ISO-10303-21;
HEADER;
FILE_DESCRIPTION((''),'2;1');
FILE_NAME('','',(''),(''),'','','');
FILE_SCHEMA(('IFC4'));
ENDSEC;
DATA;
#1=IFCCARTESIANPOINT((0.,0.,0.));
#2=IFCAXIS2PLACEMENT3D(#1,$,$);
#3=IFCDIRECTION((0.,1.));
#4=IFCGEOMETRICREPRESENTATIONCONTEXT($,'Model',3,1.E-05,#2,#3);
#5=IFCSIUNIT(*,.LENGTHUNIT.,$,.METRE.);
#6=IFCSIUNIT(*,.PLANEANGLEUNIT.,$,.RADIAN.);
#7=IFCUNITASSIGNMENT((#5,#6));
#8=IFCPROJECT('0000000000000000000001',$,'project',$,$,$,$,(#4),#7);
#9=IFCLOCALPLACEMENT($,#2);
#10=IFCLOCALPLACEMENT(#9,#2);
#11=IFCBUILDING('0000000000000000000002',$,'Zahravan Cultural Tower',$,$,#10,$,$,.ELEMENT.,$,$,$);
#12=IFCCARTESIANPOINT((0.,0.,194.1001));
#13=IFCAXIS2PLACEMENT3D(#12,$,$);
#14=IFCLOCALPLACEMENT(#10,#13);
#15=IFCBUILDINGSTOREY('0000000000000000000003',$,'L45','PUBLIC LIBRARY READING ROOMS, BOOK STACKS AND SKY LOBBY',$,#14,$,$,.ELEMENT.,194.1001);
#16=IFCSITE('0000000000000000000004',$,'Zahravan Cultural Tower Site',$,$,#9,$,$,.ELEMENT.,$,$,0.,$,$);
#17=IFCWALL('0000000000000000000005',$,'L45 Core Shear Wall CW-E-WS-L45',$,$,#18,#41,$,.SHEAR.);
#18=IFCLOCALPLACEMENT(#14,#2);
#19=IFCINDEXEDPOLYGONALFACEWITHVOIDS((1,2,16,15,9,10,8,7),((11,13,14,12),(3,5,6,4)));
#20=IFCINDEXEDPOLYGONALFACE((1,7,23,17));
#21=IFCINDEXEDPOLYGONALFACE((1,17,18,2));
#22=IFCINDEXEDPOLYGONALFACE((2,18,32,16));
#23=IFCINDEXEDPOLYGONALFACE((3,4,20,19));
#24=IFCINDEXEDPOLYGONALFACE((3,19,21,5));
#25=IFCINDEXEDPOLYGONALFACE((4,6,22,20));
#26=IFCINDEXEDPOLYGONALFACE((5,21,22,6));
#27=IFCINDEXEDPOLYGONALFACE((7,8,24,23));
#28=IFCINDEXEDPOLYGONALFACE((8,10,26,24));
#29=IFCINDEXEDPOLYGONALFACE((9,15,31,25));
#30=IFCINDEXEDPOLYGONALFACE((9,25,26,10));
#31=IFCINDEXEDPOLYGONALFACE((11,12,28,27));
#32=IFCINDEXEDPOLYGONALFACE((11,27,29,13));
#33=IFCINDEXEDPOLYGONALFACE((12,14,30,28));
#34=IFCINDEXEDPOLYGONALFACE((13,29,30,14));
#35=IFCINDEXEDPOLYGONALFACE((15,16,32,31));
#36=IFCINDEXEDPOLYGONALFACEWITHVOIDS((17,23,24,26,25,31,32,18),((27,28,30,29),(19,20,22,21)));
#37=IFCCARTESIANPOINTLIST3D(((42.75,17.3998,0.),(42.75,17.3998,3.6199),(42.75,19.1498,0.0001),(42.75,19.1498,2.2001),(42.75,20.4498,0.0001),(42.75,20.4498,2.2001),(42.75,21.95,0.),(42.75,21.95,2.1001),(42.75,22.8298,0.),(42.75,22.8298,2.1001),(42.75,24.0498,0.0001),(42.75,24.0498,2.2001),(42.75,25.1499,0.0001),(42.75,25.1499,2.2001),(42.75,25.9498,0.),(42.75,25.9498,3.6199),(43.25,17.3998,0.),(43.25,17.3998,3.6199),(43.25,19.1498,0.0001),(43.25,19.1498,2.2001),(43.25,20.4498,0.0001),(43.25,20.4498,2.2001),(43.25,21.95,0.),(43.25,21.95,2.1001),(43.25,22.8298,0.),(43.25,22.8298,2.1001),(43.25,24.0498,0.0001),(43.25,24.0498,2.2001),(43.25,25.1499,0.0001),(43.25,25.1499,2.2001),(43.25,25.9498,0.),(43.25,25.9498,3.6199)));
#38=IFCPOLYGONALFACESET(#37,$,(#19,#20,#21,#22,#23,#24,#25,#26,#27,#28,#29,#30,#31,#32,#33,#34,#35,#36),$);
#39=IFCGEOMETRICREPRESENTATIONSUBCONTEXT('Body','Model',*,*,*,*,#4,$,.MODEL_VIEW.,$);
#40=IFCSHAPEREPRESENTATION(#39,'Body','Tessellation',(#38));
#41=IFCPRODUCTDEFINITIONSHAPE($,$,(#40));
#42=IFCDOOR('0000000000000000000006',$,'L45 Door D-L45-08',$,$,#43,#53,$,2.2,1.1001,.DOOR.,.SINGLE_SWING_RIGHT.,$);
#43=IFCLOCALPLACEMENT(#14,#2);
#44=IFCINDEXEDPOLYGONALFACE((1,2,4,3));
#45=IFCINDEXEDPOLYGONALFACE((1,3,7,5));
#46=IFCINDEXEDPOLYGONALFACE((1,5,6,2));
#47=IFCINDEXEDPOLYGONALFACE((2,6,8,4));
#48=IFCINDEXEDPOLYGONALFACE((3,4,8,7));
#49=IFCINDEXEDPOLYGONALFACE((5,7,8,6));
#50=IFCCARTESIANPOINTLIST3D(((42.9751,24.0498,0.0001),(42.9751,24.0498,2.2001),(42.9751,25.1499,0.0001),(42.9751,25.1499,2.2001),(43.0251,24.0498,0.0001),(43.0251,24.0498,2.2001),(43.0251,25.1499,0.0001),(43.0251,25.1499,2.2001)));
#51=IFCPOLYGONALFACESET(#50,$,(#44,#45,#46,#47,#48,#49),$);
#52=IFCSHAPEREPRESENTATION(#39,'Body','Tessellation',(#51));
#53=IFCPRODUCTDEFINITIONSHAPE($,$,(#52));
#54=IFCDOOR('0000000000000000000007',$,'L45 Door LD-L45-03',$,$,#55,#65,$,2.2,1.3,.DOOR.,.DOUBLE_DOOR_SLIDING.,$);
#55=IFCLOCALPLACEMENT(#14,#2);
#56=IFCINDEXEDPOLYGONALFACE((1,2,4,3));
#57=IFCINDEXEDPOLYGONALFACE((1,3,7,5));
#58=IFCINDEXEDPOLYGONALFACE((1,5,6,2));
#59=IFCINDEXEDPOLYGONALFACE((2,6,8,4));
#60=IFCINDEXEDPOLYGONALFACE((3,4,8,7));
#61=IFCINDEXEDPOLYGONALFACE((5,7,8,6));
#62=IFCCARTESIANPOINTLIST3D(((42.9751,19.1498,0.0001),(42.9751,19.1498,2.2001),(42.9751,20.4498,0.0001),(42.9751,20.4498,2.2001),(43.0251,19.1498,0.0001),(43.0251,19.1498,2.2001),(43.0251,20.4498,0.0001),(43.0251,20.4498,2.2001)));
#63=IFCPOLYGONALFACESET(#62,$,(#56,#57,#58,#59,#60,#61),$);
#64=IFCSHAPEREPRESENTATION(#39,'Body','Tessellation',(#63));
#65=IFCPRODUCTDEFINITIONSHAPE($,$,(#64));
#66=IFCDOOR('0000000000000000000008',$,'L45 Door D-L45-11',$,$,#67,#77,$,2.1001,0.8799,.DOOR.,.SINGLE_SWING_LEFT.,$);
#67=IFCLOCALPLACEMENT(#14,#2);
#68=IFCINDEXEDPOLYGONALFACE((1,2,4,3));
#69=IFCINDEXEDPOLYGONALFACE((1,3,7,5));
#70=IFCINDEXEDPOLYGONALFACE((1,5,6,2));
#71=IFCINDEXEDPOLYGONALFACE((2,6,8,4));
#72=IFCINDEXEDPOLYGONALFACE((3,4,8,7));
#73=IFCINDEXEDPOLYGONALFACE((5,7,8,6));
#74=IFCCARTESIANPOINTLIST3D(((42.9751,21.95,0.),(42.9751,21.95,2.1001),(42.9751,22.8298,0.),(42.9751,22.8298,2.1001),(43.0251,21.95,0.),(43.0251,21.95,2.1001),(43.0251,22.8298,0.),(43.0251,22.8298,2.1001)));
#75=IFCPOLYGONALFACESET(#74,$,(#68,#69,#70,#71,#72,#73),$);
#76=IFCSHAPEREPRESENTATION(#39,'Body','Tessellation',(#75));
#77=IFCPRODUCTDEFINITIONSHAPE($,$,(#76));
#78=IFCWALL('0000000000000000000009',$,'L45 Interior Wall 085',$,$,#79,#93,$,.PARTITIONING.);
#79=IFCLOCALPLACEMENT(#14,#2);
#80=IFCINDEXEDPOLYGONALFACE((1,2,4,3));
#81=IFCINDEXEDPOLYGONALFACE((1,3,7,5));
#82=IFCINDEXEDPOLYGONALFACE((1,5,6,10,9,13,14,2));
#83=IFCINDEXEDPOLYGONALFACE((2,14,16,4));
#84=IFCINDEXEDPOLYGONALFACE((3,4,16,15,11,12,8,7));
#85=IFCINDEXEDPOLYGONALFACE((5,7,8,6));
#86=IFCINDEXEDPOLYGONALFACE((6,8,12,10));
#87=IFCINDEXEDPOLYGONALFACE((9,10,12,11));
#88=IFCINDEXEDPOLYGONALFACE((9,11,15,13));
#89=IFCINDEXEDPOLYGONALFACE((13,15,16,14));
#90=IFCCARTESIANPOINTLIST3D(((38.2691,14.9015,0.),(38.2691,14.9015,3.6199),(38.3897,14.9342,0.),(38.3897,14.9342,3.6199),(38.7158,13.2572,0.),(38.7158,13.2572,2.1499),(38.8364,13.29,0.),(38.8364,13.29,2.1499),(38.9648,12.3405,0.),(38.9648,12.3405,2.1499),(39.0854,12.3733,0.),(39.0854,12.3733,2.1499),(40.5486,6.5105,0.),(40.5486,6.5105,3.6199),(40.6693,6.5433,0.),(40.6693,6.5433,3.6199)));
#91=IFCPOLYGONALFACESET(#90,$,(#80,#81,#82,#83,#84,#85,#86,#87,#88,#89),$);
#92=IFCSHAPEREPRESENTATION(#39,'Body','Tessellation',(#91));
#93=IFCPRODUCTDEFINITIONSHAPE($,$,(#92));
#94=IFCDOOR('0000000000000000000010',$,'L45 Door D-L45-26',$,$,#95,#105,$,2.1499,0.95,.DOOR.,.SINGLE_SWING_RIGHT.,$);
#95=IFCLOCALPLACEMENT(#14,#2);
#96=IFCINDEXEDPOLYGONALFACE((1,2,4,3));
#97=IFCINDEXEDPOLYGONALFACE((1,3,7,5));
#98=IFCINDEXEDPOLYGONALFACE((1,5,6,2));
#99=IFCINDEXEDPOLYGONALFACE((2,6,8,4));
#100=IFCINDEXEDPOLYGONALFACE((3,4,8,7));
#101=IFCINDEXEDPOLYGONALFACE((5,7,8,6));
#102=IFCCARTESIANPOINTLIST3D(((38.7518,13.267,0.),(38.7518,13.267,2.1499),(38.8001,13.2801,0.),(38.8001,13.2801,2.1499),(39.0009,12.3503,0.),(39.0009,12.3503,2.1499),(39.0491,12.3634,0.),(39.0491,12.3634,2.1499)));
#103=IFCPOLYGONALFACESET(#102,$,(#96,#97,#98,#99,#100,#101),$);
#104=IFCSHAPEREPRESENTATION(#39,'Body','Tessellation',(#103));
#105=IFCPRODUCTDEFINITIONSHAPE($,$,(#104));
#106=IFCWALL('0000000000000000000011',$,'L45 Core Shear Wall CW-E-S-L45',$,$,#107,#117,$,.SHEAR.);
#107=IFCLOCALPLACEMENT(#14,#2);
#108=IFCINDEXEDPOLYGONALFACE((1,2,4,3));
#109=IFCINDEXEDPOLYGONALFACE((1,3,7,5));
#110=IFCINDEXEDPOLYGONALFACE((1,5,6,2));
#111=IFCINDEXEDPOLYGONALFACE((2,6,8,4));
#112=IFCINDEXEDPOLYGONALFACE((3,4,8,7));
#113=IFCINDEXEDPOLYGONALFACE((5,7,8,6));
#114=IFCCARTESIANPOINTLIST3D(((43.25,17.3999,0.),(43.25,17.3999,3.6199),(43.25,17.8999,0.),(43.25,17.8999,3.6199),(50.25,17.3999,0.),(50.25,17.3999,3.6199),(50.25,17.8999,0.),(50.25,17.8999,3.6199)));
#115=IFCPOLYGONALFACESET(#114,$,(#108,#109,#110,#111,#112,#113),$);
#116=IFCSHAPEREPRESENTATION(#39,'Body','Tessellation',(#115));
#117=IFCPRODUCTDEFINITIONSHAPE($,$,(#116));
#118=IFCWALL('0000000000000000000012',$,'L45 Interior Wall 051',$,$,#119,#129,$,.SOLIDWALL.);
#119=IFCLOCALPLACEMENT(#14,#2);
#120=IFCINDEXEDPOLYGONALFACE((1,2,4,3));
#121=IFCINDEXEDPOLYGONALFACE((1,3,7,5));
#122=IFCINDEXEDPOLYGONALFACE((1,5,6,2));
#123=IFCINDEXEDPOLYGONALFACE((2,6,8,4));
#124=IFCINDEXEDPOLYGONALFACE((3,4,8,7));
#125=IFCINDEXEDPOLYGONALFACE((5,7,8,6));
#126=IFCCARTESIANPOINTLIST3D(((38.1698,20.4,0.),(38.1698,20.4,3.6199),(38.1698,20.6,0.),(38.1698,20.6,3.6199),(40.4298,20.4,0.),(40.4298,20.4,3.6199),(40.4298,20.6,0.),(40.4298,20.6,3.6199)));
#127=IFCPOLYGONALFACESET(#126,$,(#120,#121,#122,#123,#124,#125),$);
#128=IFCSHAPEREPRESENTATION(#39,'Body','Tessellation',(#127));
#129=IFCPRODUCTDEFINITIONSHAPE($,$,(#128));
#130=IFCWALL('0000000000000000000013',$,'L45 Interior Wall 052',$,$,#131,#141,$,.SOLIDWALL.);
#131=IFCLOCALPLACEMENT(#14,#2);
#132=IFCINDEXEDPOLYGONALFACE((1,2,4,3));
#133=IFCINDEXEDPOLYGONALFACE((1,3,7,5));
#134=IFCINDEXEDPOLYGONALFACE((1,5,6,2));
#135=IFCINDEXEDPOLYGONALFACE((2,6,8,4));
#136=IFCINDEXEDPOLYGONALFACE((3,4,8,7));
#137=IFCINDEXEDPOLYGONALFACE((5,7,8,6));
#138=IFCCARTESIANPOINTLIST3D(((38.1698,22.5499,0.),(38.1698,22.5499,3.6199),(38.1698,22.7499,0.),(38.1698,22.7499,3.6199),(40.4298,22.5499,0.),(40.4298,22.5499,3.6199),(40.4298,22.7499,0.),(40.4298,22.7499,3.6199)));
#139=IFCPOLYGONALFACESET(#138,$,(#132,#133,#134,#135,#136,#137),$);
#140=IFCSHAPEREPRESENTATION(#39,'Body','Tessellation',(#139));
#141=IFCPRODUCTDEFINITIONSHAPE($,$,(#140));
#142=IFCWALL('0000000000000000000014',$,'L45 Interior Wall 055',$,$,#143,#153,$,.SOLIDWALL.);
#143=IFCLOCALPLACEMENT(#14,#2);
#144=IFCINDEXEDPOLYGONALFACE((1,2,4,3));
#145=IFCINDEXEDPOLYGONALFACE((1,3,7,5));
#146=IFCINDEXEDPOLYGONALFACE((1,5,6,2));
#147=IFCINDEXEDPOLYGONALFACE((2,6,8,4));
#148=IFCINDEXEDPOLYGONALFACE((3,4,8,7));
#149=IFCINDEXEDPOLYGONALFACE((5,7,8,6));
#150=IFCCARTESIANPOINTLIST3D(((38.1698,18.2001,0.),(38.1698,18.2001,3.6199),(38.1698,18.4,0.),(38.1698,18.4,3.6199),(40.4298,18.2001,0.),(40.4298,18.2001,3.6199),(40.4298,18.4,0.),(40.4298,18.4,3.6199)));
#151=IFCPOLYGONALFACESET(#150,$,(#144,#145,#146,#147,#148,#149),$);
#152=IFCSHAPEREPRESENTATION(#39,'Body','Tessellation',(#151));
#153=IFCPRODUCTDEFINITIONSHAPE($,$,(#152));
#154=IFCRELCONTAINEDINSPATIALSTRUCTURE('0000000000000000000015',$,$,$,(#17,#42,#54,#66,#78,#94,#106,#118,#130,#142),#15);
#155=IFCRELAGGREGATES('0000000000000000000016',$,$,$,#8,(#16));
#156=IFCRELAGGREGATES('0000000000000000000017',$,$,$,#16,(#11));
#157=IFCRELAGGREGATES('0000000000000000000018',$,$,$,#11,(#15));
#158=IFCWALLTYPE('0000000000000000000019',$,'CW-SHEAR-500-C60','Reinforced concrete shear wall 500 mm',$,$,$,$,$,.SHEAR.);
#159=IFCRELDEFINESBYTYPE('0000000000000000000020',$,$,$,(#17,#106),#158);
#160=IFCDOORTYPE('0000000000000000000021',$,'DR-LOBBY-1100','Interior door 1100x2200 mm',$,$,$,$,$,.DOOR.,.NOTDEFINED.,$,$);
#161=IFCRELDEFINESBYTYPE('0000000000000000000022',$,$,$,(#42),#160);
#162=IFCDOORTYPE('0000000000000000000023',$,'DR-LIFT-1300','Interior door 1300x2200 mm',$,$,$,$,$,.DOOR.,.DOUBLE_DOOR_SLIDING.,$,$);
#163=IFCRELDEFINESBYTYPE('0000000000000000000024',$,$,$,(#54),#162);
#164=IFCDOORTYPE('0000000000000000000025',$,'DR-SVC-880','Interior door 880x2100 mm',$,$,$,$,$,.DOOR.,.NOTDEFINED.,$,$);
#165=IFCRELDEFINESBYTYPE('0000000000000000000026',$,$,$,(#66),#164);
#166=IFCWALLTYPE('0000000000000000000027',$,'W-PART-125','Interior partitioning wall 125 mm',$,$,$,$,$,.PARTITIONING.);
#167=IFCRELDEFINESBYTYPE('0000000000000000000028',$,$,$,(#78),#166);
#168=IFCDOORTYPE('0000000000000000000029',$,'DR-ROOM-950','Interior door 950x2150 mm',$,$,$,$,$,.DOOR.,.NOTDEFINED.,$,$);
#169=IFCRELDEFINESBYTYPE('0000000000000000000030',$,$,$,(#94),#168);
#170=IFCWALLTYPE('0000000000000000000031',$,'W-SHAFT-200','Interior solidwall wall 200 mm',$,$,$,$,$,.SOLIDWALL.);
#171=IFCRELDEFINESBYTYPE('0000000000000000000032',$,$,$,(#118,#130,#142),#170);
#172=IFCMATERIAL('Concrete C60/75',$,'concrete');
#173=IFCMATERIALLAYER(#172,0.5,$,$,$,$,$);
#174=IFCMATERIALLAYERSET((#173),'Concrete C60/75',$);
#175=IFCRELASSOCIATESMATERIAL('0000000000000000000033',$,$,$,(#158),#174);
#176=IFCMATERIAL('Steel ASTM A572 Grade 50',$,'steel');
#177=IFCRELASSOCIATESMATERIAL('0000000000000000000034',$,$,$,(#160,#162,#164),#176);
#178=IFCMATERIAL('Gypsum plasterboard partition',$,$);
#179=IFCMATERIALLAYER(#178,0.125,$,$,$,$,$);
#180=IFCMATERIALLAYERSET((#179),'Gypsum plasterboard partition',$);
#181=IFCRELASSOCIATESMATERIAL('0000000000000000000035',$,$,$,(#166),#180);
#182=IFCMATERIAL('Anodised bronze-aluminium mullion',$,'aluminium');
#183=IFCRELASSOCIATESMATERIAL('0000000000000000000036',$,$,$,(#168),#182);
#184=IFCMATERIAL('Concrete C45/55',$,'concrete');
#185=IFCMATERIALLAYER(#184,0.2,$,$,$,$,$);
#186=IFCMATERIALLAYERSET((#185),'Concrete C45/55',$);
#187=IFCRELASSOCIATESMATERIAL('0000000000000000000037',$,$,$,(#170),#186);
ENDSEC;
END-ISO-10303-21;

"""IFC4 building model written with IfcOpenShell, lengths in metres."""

from ifc_helpers import new_model, si_unit, direction, frame, frame_2d, origin, place, context, subcontext, project, spatial, rectangle, extrude, source, transform, mapped, material, layer, layer_set, type_object, element, fill, save


model = new_model("IFC4")

# Units and contexts
model_context = context("Model", 3, precision=1e-05, world=origin(), true_north=direction((0.0, 1.0)))
body_context = subcontext(model_context, "Body", "Model", "MODEL_VIEW")
ifc_project = project(units=[si_unit("LENGTHUNIT", "METRE"), si_unit("PLANEANGLEUNIT", "RADIAN")], contexts=[model_context])

# Site, building, storey
site_placement = place(None, origin())
site = spatial("IfcSite", under=ifc_project, at=site_placement, Name="Zahravan Cultural Tower Site", CompositionType="ELEMENT", RefElevation=0.0)
building_placement = place(site_placement, origin())
building = spatial("IfcBuilding", under=site, at=building_placement, Name="Zahravan Cultural Tower", CompositionType="ELEMENT")
storey_placement = place(building_placement, frame((0.0, 0.0, 194.1001)))
storey = spatial("IfcBuildingStorey", under=building, at=storey_placement, Name="L45", Description="PUBLIC LIBRARY READING ROOMS, BOOK STACKS AND SKY LOBBY", CompositionType="ELEMENT", Elevation=194.1001)

# Wall, openings, doors
ifc_material_1 = material(Name="Concrete C60/75", Category="concrete")
ifc_layer_1 = layer(ifc_material_1, 0.5)
ifc_layer_set_1 = layer_set([ifc_layer_1], Name="Concrete C60/75")
wall_type_1 = type_object("IfcWallType", Name="CW-SHEAR-500-C60", Description="Reinforced concrete shear wall 500 mm", PredefinedType="SHEAR", material=ifc_layer_set_1)
wall_1_placement = place(storey_placement, frame((43.0, 17.3999, 0.0), z_axis=(0.0, 0.0, 1.0), x_axis=(0.0, 1.0, 0.0)))
wall_1 = element("IfcWall", 1, at=wall_1_placement, inside=storey, type_object=wall_type_1, Name="L45 Core Shear Wall CW-E-WS-L45", PredefinedType="SHEAR", context=body_context, shape_type="SweptSolid", body=[
    extrude(rectangle(XDim=8.55, YDim=0.5, at=frame_2d((4.2749, 0.0))), origin(), (0.0, 0.0, 1.0), 3.6199),
])
opening_1_placement = place(wall_1_placement, frame((6.6499, 0.0, 0.0)))
opening_1 = element("IfcOpeningElement", 2, at=opening_1_placement, cuts=wall_1, PredefinedType="OPENING", context=body_context, shape_type="SweptSolid", body=[
    extrude(rectangle(XDim=1.1001, YDim=2.2, at=frame_2d((0.55, 1.1001))), frame((0.0, 0.26, 0.0), z_axis=(0.0, -1.0, 0.0), x_axis=(1.0, 0.0, 0.0)), (0.0, 0.0, 1.0), 0.52),
])
opening_2_placement = place(wall_1_placement, frame((1.75, 0.0, 0.0)))
opening_2 = element("IfcOpeningElement", 3, at=opening_2_placement, cuts=wall_1, PredefinedType="OPENING", context=body_context, shape_type="SweptSolid", body=[
    extrude(rectangle(XDim=1.3, YDim=2.2, at=frame_2d((0.6499, 1.1001))), frame((0.0, 0.26, 0.0), z_axis=(0.0, -1.0, 0.0), x_axis=(1.0, 0.0, 0.0)), (0.0, 0.0, 1.0), 0.52),
])
opening_3_placement = place(wall_1_placement, frame((4.55, 0.0, 0.0)))
opening_3 = element("IfcOpeningElement", 4, at=opening_3_placement, cuts=wall_1, PredefinedType="OPENING", context=body_context, shape_type="SweptSolid", body=[
    extrude(rectangle(XDim=0.8799, YDim=2.1001, at=frame_2d((0.4399, 1.05))), frame((0.0, 0.26, 0.0), z_axis=(0.0, -1.0, 0.0), x_axis=(1.0, 0.0, 0.0)), (0.0, 0.0, 1.0), 0.52),
])
ifc_material_2 = material(Name="Steel ASTM A572 Grade 50", Category="steel")
door_type_1 = type_object("IfcDoorType", Name="DR-LOBBY-1100", Description="Interior door 1100x2200 mm", OperationType="NOTDEFINED", PredefinedType="DOOR", material=ifc_material_2)
shared_shape_1 = source(origin(), body_context, "Body", "SweptSolid", [
    extrude(rectangle(XDim=1.1001, YDim=2.2, at=frame_2d((0.55, 1.1001))), frame((0.0, 0.0249, 0.0), z_axis=(0.0, -1.0, 0.0), x_axis=(1.0, 0.0, 0.0)), (0.0, 0.0, 1.0), 0.05),
])
door_1_placement = place(opening_1_placement, origin())
door_1 = element("IfcDoor", 5, at=door_1_placement, inside=storey, type_object=door_type_1, Name="L45 Door D-L45-08", OperationType="SINGLE_SWING_RIGHT", OverallHeight=2.2, OverallWidth=1.1001, PredefinedType="DOOR", context=body_context, shape_type="MappedRepresentation", body=[
    mapped(shared_shape_1, transform((0.0, 0.0, 0.0), x_axis=(1.0, 0.0, 0.0), y_axis=(0.0, 1.0, 0.0), z_axis=(0.0, 0.0, 1.0), scale=1.0)),
])
fill(opening_1, door_1)
door_type_2 = type_object("IfcDoorType", Name="DR-LIFT-1300", Description="Interior door 1300x2200 mm", OperationType="DOUBLE_DOOR_SLIDING", PredefinedType="DOOR", material=ifc_material_2)
shared_shape_2 = source(origin(), body_context, "Body", "SweptSolid", [
    extrude(rectangle(XDim=1.3, YDim=2.2, at=frame_2d((0.6499, 1.1001))), frame((0.0, 0.0249, 0.0), z_axis=(0.0, -1.0, 0.0), x_axis=(1.0, 0.0, 0.0)), (0.0, 0.0, 1.0), 0.05),
])
door_2_placement = place(opening_2_placement, origin())
door_2 = element("IfcDoor", 6, at=door_2_placement, inside=storey, type_object=door_type_2, Name="L45 Door LD-L45-03", OperationType="DOUBLE_DOOR_SLIDING", OverallHeight=2.2, OverallWidth=1.3, PredefinedType="DOOR", context=body_context, shape_type="MappedRepresentation", body=[
    mapped(shared_shape_2, transform((0.0, 0.0, 0.0), x_axis=(1.0, 0.0, 0.0), y_axis=(0.0, 1.0, 0.0), z_axis=(0.0, 0.0, 1.0), scale=1.0)),
])
fill(opening_2, door_2)
door_type_3 = type_object("IfcDoorType", Name="DR-SVC-880", Description="Interior door 880x2100 mm", OperationType="NOTDEFINED", PredefinedType="DOOR", material=ifc_material_2)
shared_shape_3 = source(origin(), body_context, "Body", "SweptSolid", [
    extrude(rectangle(XDim=0.8799, YDim=2.1001, at=frame_2d((0.4399, 1.05))), frame((0.0, 0.0249, 0.0), z_axis=(0.0, -1.0, 0.0), x_axis=(1.0, 0.0, 0.0)), (0.0, 0.0, 1.0), 0.05),
])
door_3_placement = place(opening_3_placement, origin())
door_3 = element("IfcDoor", 7, at=door_3_placement, inside=storey, type_object=door_type_3, Name="L45 Door D-L45-11", OperationType="SINGLE_SWING_LEFT", OverallHeight=2.1001, OverallWidth=0.8799, PredefinedType="DOOR", context=body_context, shape_type="MappedRepresentation", body=[
    mapped(shared_shape_3, transform((0.0, 0.0, 0.0), x_axis=(1.0, 0.0, 0.0), y_axis=(0.0, 1.0, 0.0), z_axis=(0.0, 0.0, 1.0), scale=1.0)),
])
fill(opening_3, door_3)

# Wall, opening, door
ifc_material_3 = material(Name="Gypsum plasterboard partition")
ifc_layer_2 = layer(ifc_material_3, 0.125)
ifc_layer_set_2 = layer_set([ifc_layer_2], Name="Gypsum plasterboard partition")
wall_type_2 = type_object("IfcWallType", Name="W-PART-125", Description="Interior partitioning wall 125 mm", PredefinedType="PARTITIONING", material=ifc_layer_set_2)
ifc_material_4 = material(Name="Anodised bronze-aluminium mullion", Category="aluminium")
door_type_4 = type_object("IfcDoorType", Name="DR-ROOM-950", Description="Interior door 950x2150 mm", OperationType="NOTDEFINED", PredefinedType="DOOR", material=ifc_material_4)
shared_shape_4 = source(origin(), body_context, "Body", "SweptSolid", [
    extrude(rectangle(XDim=0.95, YDim=2.1499, at=frame_2d((0.4751, 1.075))), frame((0.0, 0.0249, 0.0), z_axis=(0.0, -1.0, 0.0), x_axis=(1.0, 0.0, 0.0)), (0.0, 0.0, 1.0), 0.05),
])
wall_2_placement = place(storey_placement, frame((38.3293, 14.918, 0.0), z_axis=(0.0, 0.0, 1.0), x_axis=(0.262167, -0.965023, 0.0)))
wall_2 = element("IfcWall", 8, at=wall_2_placement, inside=storey, type_object=wall_type_2, Name="L45 Interior Wall 085", PredefinedType="PARTITIONING", context=body_context, shape_type="SweptSolid", body=[
    extrude(rectangle(XDim=8.6951, YDim=0.125, at=frame_2d((4.3477, 0.0))), origin(), (0.0, 0.0, 1.0), 3.6199),
])
opening_4_placement = place(wall_2_placement, frame((1.7039, 0.0, 0.0)))
opening_4 = element("IfcOpeningElement", 9, at=opening_4_placement, cuts=wall_2, PredefinedType="OPENING", context=body_context, shape_type="SweptSolid", body=[
    extrude(rectangle(XDim=0.95, YDim=2.1499, at=frame_2d((0.4751, 1.075))), frame((0.0, 0.0725, 0.0), z_axis=(0.0, -1.0, 0.0), x_axis=(1.0, 0.0, 0.0)), (0.0, 0.0, 1.0), 0.145),
])
door_4_placement = place(opening_4_placement, origin())
door_4 = element("IfcDoor", 10, at=door_4_placement, inside=storey, type_object=door_type_4, Name="L45 Door D-L45-26", OperationType="SINGLE_SWING_RIGHT", OverallHeight=2.1499, OverallWidth=0.95, PredefinedType="DOOR", context=body_context, shape_type="MappedRepresentation", body=[
    mapped(shared_shape_4, transform((0.0, 0.0, 0.0), x_axis=(1.0, 0.0, 0.0), y_axis=(0.0, 1.0, 0.0), z_axis=(0.0, 0.0, 1.0), scale=1.0)),
])
fill(opening_4, door_4)
ifc_material_5 = material(Name="Concrete C45/55", Category="concrete")
ifc_layer_3 = layer(ifc_material_5, 0.2)
ifc_layer_set_3 = layer_set([ifc_layer_3], Name="Concrete C45/55")
wall_type_3 = type_object("IfcWallType", Name="W-SHAFT-200", Description="Interior solidwall wall 200 mm", PredefinedType="SOLIDWALL", material=ifc_layer_set_3)

# Walls
shared_shape_5 = source(origin(), body_context, "Body", "SweptSolid", [
    extrude(rectangle(XDim=7.0, YDim=0.5, at=frame_2d((3.5, 0.0))), origin(), (0.0, 0.0, 1.0), 3.6199),
])
wall_3_placement = place(storey_placement, frame((43.25, 17.6499, 0.0), z_axis=(0.0, 0.0, 1.0), x_axis=(1.0, 0.0, 0.0)))
element("IfcWall", 11, at=wall_3_placement, inside=storey, type_object=wall_type_1, Name="L45 Core Shear Wall CW-E-S-L45", PredefinedType="SHEAR", context=body_context, shape_type="MappedRepresentation", body=[
    mapped(shared_shape_5, transform((0.0, 0.0, 0.0), x_axis=(1.0, 0.0, 0.0), y_axis=(0.0, 1.0, 0.0), z_axis=(0.0, 0.0, 1.0), scale=1.0)),
])
shared_shape_6 = source(origin(), body_context, "Body", "SweptSolid", [
    extrude(rectangle(XDim=2.26, YDim=0.2, at=frame_2d((1.1299, 0.0))), origin(), (0.0, 0.0, 1.0), 3.6199),
])
for number, where, z_axis, x_axis, name in (
    (12, (38.1699, 20.5, 0.0), (0.0, 0.0, 1.0), (1.0, 0.0, 0.0), "L45 Interior Wall 051"),
    (13, (38.1699, 22.6499, 0.0), (0.0, 0.0, 1.0), (1.0, 0.0, 0.0), "L45 Interior Wall 052"),
    (14, (38.1699, 18.3, 0.0), (0.0, 0.0, 1.0), (1.0, 0.0, 0.0), "L45 Interior Wall 055"),
):
    element("IfcWall", number, at=place(storey_placement, frame(where, z_axis=z_axis, x_axis=x_axis)), inside=storey, type_object=wall_type_3, Name=name, PredefinedType="SOLIDWALL", context=body_context, shape_type="MappedRepresentation", body=[
        mapped(shared_shape_6, transform((0.0, 0.0, 0.0), x_axis=(1.0, 0.0, 0.0), y_axis=(0.0, 1.0, 0.0), z_axis=(0.0, 0.0, 1.0), scale=1.0)),
    ])

save(model, "model.ifc")
